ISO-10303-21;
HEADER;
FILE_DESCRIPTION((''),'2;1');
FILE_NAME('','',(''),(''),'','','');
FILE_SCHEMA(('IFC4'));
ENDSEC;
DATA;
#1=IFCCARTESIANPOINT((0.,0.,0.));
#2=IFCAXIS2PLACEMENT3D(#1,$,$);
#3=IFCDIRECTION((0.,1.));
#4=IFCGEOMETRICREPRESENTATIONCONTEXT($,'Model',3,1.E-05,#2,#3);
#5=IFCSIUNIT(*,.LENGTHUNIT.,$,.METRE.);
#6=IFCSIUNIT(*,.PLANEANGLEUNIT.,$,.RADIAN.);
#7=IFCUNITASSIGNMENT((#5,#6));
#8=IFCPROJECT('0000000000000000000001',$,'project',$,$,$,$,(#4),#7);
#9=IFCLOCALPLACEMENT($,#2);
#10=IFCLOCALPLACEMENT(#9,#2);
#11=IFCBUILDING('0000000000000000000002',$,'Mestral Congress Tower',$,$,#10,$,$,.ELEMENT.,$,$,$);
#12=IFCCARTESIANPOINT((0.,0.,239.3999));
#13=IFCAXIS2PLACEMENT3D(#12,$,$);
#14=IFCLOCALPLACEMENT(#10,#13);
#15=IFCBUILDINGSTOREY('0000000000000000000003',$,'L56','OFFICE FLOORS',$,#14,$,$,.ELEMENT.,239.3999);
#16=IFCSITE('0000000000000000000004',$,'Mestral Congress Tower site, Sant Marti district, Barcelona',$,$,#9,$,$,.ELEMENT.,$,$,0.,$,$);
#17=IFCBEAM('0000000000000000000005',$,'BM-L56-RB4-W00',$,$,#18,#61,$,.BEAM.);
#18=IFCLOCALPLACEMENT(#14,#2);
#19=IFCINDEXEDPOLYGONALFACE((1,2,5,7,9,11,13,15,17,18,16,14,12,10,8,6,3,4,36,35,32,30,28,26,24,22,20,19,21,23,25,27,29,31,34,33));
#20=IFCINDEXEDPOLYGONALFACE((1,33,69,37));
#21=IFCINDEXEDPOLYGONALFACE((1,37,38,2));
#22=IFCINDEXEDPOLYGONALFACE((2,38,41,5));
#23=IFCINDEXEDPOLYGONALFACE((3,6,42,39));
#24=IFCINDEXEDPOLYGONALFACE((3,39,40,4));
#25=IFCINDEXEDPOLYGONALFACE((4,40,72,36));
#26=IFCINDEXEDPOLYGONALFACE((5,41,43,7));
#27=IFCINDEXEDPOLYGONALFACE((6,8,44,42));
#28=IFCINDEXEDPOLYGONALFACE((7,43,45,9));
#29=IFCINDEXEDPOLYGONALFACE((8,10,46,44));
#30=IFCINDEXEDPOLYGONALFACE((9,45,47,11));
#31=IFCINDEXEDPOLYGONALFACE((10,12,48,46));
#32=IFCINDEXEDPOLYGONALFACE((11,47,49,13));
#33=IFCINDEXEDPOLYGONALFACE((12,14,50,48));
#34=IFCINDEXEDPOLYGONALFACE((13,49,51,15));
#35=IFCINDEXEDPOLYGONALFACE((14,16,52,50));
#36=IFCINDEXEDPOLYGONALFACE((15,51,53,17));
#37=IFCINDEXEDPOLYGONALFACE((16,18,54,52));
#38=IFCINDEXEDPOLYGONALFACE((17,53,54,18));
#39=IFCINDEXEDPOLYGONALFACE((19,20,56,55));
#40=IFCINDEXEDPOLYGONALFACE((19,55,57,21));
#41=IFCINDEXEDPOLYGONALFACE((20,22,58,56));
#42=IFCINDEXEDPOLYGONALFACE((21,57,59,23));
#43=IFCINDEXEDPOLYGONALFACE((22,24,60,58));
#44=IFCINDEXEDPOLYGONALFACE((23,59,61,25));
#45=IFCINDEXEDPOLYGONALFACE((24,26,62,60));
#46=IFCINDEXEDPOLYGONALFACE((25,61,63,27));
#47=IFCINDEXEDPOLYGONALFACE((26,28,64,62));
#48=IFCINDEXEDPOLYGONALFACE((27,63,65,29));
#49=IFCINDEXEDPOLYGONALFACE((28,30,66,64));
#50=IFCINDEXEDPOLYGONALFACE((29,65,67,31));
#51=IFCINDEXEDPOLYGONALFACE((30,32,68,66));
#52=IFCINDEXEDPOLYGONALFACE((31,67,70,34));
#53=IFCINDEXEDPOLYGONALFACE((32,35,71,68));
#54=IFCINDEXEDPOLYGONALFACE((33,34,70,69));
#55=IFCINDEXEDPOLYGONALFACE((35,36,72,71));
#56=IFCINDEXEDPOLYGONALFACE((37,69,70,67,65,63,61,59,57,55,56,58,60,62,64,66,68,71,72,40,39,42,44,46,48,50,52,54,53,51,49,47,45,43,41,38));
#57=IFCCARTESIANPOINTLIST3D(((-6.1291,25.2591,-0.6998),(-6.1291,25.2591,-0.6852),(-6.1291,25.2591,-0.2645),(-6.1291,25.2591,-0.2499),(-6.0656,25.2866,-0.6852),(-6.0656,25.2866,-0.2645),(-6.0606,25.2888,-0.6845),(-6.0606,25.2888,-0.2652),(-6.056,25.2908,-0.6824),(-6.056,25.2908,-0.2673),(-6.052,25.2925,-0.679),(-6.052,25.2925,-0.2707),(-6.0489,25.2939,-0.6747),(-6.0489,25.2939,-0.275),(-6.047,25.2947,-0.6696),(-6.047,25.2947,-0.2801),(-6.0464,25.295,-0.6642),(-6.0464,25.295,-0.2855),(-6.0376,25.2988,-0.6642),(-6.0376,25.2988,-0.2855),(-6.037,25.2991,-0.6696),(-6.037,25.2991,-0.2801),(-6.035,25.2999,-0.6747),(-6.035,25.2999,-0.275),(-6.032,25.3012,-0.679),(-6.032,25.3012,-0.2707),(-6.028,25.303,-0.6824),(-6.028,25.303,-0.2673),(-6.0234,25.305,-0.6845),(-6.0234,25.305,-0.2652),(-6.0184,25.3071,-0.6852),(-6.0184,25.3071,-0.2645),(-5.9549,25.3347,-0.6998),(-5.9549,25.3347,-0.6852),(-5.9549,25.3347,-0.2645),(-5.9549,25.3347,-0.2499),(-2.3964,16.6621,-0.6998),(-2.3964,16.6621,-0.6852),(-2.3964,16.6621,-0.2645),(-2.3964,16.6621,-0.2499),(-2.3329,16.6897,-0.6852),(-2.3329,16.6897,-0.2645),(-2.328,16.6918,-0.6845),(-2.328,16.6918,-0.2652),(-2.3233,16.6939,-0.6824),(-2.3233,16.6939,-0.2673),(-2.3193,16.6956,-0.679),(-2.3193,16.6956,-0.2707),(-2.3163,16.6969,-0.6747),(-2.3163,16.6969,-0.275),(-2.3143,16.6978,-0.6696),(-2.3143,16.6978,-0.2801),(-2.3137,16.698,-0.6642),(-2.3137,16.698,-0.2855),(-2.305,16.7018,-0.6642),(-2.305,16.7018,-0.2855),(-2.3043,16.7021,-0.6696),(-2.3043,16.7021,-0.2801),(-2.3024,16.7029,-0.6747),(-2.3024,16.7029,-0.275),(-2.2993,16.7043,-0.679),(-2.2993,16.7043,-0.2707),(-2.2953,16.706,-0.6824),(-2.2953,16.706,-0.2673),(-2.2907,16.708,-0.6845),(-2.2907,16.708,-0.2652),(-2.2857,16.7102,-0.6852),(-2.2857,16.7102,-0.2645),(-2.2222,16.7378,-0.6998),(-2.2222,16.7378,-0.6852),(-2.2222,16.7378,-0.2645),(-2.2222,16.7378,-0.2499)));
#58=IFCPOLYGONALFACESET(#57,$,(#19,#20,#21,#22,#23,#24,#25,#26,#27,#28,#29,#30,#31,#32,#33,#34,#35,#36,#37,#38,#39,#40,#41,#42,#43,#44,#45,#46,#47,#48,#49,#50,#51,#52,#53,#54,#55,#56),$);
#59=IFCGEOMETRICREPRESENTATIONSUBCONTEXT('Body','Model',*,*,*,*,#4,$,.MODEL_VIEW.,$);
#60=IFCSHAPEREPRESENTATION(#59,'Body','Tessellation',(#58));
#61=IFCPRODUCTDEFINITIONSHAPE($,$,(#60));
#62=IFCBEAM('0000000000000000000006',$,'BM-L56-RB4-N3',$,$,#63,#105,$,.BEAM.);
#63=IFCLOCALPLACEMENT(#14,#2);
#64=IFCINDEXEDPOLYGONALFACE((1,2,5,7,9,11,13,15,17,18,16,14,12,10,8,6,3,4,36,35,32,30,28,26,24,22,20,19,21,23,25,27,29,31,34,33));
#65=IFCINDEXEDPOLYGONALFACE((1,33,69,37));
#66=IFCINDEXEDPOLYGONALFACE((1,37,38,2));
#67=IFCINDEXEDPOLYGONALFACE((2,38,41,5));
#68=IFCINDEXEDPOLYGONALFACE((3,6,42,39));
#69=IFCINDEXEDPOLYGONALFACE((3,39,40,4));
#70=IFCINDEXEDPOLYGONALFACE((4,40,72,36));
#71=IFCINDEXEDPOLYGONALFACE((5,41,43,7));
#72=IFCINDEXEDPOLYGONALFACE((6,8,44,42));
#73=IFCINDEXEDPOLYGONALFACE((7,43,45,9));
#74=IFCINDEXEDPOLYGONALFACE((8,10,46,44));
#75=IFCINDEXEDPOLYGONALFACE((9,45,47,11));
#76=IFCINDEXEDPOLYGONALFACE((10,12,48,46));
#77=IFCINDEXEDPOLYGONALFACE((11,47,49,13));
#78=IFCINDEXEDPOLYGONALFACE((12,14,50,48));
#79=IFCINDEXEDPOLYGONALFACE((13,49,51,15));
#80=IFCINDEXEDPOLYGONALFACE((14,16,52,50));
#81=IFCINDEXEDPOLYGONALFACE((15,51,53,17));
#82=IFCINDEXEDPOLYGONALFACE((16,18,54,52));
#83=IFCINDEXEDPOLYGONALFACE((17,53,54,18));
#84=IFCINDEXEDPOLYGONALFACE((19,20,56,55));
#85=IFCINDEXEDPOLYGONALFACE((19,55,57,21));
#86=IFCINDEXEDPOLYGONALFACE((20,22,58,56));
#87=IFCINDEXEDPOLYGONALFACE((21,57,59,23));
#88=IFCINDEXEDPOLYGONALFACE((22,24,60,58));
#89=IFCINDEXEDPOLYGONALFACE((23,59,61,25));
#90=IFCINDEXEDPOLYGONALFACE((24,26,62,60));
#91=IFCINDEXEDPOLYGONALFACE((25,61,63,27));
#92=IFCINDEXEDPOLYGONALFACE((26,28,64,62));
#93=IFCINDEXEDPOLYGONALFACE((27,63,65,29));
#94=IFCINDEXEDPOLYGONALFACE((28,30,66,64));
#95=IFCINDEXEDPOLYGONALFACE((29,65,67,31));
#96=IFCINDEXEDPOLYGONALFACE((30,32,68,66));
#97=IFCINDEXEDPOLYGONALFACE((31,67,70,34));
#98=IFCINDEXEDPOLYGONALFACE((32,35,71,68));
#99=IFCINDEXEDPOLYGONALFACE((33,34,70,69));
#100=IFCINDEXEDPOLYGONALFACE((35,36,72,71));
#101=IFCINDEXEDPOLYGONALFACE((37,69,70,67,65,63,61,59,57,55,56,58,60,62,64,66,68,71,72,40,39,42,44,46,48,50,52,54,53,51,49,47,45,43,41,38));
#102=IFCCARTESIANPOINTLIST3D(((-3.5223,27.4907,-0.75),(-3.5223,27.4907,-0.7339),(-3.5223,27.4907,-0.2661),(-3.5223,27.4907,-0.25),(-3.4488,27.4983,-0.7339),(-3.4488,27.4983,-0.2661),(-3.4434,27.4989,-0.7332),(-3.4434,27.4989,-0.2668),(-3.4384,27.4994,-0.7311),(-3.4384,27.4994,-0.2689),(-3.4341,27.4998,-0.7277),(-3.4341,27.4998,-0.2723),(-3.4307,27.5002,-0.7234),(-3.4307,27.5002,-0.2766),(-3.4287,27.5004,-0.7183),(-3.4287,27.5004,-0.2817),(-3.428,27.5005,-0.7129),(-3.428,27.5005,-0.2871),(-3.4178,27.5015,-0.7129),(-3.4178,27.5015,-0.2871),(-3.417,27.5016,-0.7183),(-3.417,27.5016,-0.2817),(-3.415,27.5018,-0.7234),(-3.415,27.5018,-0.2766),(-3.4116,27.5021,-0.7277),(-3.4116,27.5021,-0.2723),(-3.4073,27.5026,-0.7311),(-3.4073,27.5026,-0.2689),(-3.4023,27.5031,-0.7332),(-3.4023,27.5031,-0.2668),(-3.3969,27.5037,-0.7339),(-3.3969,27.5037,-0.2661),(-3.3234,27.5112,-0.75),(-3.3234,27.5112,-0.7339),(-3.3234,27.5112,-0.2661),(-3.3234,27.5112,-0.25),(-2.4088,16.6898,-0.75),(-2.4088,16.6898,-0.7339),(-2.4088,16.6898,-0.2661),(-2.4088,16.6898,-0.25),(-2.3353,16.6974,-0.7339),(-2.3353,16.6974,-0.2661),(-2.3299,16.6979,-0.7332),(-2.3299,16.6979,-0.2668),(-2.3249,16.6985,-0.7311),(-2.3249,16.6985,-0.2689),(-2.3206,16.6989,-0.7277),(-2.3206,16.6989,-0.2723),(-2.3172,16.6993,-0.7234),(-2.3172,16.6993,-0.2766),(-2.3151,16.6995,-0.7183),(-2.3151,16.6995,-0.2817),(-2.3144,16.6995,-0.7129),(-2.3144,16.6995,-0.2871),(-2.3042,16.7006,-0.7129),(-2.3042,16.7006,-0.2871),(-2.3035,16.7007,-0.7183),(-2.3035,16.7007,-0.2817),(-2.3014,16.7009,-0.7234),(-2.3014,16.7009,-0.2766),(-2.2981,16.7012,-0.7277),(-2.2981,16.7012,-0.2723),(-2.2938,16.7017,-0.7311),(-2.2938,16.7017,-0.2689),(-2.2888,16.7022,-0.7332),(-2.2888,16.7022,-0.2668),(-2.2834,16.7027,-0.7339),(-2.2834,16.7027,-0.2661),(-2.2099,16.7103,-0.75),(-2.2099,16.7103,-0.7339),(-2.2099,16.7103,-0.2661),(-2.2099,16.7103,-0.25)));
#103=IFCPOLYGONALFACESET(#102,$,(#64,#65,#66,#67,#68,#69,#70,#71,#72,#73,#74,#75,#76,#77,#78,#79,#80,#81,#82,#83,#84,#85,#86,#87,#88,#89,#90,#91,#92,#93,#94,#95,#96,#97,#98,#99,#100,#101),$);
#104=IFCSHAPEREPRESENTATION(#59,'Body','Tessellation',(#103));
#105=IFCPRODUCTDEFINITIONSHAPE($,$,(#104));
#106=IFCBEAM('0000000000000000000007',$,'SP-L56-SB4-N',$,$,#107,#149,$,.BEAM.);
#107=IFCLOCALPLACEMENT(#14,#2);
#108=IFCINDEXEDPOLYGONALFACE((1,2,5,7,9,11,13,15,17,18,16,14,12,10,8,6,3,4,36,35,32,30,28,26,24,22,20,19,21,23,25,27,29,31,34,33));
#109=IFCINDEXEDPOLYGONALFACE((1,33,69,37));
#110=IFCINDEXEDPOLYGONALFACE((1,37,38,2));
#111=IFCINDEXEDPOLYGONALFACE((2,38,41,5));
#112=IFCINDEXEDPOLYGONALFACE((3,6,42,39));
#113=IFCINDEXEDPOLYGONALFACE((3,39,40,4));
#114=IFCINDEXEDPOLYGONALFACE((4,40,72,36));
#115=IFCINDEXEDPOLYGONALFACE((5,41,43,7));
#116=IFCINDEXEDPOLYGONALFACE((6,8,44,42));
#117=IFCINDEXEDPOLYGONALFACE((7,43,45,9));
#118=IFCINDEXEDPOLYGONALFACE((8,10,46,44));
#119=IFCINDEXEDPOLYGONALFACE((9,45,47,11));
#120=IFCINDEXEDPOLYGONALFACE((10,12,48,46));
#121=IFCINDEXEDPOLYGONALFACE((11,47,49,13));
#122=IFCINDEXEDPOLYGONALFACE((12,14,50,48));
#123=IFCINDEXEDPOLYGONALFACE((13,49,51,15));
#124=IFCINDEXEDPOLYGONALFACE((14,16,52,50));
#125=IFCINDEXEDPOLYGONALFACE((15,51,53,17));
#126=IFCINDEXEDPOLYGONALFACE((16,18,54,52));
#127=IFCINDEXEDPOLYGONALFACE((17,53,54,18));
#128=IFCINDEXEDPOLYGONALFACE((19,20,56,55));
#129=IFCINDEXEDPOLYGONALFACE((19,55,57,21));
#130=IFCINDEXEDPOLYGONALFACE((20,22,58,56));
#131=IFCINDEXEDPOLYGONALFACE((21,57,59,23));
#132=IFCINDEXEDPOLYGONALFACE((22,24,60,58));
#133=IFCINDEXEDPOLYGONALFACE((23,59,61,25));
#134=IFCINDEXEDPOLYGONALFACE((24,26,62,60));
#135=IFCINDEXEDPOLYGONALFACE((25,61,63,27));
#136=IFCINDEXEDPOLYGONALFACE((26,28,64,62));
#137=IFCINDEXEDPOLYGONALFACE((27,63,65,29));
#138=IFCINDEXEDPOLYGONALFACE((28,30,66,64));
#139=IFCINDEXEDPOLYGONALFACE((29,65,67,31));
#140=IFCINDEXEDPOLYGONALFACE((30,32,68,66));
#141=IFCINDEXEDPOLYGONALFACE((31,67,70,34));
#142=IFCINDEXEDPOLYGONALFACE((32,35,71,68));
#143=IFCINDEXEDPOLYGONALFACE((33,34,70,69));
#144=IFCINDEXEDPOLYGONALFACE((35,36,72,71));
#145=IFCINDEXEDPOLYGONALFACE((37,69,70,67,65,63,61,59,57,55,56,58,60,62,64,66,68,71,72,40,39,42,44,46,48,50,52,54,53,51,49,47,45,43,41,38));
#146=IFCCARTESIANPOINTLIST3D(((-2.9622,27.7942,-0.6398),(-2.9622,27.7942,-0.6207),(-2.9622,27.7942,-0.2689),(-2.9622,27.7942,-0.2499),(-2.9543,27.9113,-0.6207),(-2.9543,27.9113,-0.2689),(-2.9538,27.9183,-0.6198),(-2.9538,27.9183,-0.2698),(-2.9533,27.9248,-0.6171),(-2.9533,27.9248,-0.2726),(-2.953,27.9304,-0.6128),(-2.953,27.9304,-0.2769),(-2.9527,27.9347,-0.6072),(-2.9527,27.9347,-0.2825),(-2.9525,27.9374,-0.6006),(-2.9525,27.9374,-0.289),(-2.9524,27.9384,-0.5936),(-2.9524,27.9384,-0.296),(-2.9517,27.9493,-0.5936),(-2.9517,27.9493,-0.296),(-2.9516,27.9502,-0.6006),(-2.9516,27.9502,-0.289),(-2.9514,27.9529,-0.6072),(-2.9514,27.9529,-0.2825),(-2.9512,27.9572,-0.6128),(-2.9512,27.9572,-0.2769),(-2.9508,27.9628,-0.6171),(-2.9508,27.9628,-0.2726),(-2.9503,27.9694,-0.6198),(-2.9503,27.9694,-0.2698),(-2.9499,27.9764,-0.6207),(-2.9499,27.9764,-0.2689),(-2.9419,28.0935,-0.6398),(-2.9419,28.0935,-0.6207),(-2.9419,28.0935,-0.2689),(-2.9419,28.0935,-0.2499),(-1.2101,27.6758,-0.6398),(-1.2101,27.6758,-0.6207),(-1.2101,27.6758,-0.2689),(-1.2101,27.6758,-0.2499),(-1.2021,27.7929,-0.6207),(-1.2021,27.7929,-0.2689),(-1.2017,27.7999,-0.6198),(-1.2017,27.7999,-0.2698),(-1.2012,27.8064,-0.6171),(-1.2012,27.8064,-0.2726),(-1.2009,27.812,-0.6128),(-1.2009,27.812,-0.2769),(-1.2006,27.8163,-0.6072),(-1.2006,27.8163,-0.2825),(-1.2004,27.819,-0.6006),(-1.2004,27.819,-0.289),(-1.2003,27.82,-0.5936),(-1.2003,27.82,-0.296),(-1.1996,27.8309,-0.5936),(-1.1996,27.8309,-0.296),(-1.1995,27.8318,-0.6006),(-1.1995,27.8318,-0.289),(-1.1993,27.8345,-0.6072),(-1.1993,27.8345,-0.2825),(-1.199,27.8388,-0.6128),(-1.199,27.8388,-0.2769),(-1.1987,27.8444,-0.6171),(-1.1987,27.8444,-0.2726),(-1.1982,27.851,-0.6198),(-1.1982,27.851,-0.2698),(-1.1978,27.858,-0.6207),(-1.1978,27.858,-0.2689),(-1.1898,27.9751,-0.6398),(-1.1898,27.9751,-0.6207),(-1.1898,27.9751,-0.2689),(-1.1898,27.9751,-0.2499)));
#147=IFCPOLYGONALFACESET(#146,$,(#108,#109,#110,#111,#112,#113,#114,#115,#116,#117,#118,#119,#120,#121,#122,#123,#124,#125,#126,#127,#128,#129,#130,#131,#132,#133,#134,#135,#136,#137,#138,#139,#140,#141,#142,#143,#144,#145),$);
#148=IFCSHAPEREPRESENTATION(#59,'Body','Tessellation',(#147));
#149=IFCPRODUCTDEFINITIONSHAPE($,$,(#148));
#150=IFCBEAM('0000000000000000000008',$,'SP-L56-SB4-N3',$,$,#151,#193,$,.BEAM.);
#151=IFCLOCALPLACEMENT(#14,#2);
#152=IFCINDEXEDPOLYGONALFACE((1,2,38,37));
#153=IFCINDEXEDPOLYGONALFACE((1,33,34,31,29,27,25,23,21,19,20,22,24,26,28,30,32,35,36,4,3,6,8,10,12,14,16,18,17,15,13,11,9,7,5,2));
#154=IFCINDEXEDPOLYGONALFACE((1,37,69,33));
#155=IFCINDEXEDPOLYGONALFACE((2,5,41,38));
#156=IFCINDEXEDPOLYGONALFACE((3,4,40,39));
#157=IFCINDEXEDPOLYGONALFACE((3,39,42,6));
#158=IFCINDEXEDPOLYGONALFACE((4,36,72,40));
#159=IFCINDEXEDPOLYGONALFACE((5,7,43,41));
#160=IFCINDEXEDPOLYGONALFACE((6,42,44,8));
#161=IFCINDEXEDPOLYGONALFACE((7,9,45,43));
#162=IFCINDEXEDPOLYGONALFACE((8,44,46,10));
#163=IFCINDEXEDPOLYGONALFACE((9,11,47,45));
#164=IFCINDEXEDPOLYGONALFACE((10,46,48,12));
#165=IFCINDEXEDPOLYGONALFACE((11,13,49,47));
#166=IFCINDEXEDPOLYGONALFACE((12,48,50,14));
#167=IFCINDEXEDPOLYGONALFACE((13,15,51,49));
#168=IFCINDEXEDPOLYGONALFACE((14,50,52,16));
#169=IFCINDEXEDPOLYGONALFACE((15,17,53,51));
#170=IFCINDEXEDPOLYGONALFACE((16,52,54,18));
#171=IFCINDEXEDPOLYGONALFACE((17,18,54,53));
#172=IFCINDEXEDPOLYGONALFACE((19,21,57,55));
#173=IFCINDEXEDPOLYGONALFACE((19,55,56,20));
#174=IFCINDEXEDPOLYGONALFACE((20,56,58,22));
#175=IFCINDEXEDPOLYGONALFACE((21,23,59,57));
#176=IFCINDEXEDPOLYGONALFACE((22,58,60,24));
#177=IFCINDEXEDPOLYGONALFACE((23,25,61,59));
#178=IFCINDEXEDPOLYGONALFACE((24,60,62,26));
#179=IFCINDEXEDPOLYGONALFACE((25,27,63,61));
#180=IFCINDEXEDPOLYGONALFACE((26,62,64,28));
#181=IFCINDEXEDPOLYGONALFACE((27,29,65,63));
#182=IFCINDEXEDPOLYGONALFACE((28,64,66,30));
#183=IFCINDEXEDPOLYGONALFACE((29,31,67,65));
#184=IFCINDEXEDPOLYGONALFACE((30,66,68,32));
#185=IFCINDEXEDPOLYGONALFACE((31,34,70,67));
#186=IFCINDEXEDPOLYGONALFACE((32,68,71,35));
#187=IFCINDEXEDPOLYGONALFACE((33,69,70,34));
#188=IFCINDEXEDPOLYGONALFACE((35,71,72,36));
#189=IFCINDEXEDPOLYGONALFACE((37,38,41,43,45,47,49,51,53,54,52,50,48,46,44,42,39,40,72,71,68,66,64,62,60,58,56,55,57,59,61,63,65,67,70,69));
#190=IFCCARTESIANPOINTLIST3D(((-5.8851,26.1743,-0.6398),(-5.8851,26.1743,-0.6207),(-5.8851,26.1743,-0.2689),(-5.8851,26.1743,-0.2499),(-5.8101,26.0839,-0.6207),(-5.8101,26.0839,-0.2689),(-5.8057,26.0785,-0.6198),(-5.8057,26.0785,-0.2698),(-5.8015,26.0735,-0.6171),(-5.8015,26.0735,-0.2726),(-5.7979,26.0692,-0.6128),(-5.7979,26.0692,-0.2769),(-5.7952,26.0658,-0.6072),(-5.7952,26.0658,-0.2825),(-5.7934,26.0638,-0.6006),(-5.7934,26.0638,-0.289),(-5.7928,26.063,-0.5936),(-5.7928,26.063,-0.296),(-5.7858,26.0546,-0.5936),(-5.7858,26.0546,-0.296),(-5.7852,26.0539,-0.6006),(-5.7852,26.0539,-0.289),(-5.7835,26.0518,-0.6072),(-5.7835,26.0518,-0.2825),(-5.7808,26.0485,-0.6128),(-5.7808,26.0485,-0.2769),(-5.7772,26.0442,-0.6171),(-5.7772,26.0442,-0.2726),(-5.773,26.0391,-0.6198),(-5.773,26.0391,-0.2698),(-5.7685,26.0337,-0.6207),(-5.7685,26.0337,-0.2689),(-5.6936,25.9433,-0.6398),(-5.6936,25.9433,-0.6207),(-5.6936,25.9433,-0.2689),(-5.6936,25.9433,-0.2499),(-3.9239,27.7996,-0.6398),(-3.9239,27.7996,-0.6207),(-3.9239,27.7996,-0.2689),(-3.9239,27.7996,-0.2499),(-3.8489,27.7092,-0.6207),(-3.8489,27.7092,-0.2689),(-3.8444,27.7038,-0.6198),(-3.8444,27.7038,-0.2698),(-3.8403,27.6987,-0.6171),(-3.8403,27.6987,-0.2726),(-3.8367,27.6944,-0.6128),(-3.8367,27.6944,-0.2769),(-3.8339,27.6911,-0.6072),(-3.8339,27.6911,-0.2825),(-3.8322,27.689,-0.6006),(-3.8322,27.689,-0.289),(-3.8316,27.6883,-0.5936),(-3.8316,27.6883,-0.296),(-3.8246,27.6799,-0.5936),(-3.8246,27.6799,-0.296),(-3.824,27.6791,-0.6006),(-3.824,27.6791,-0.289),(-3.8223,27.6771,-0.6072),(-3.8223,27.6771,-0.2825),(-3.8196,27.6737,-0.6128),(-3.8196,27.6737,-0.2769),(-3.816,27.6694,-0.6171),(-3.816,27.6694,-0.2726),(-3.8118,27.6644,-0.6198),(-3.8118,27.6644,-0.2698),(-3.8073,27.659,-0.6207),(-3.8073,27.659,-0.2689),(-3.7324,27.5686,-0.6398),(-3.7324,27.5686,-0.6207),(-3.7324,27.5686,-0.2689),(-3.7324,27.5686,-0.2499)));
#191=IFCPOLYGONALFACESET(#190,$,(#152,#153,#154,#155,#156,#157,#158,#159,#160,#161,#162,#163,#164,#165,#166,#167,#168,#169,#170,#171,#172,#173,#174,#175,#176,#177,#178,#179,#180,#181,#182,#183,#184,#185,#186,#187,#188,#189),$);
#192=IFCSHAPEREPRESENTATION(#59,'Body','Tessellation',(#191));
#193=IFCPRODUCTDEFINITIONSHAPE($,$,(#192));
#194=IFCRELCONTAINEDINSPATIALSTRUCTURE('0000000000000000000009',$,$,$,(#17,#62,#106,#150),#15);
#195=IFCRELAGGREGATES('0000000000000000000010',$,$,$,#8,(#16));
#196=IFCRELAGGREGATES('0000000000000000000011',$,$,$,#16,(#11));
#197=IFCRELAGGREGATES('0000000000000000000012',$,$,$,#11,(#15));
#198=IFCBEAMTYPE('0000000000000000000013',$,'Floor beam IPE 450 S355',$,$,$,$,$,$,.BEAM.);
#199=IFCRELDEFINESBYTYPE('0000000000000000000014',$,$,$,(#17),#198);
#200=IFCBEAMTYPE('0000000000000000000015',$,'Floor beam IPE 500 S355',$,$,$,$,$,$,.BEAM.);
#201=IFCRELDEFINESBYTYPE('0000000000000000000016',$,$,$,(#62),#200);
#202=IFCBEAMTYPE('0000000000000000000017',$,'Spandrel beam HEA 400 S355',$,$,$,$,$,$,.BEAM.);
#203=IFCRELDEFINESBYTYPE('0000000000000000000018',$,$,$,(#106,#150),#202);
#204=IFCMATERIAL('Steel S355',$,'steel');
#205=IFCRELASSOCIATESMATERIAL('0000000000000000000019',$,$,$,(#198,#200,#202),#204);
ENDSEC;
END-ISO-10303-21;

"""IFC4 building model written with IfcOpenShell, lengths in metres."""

from ifc_helpers import new_model, si_unit, direction, frame, origin, origin_2d, place, context, subcontext, project, spatial, i_section, extrude, material, material_profile, profile_set, type_object, element, save


model = new_model("IFC4")

# Units and contexts
model_context = context("Model", 3, precision=1e-05, world=origin(), true_north=direction((0.0, 1.0)))
body_context = subcontext(model_context, "Body", "Model", "MODEL_VIEW")
ifc_project = project(units=[si_unit("LENGTHUNIT", "METRE"), si_unit("PLANEANGLEUNIT", "RADIAN")], contexts=[model_context])

# Site, building, storey
site_placement = place(None, origin())
site = spatial("IfcSite", under=ifc_project, at=site_placement, Name="Mestral Congress Tower site, Sant Marti district, Barcelona", CompositionType="ELEMENT", RefElevation=0.0)
building_placement = place(site_placement, origin())
building = spatial("IfcBuilding", under=site, at=building_placement, Name="Mestral Congress Tower", CompositionType="ELEMENT")
storey_placement = place(building_placement, frame((0.0, 0.0, 239.3999)))
storey = spatial("IfcBuildingStorey", under=building, at=storey_placement, Name="L56", Description="OFFICE FLOORS", CompositionType="ELEMENT", Elevation=239.3999)

# Beams
ifc_material_1 = material(Name="Steel S355", Category="steel")
ifc_material_profile_1 = material_profile(ifc_material_1, i_section(OverallWidth=0.1899, OverallDepth=0.45, WebThickness=0.0095, FlangeThickness=0.0146, FilletRadius=0.021, at=origin_2d()), Name="IPE 450")
ifc_profile_set_1 = profile_set([ifc_material_profile_1], Name="Steel S355")
beam_type_1 = type_object("IfcBeamType", Name="Floor beam IPE 450 S355", PredefinedType="BEAM", material=ifc_profile_set_1)
beam_1_placement = place(storey_placement, frame((-6.042, 25.2969, -0.4749), z_axis=(0.398266, -0.91727, 0.0), x_axis=(0.91727, 0.398266, 0.0)))
element("IfcBeam", 1, at=beam_1_placement, inside=storey, type_object=beam_type_1, Name="BM-L56-RB4-W00", PredefinedType="BEAM", context=body_context, shape_type="SweptSolid", body=[
    extrude(i_section(OverallWidth=0.1899, OverallDepth=0.45, WebThickness=0.0095, FlangeThickness=0.0146, FilletRadius=0.021, at=origin_2d()), origin(), (0.0, 0.0, 1.0), 9.3723),
])
ifc_material_profile_2 = material_profile(ifc_material_1, i_section(OverallWidth=0.2, OverallDepth=0.5, WebThickness=0.0103, FlangeThickness=0.0161, FilletRadius=0.021, at=origin_2d()), Name="IPE 500")
ifc_profile_set_2 = profile_set([ifc_material_profile_2], Name="Steel S355")
beam_type_2 = type_object("IfcBeamType", Name="Floor beam IPE 500 S355", PredefinedType="BEAM", material=ifc_profile_set_2)
beam_2_placement = place(storey_placement, frame((-3.4229, 27.501, -0.5), z_axis=(0.102551, -0.994728, 0.0), x_axis=(0.994728, 0.102551, 0.0)))
element("IfcBeam", 2, at=beam_2_placement, inside=storey, type_object=beam_type_2, Name="BM-L56-RB4-N3", PredefinedType="BEAM", context=body_context, shape_type="SweptSolid", body=[
    extrude(i_section(OverallWidth=0.2, OverallDepth=0.5, WebThickness=0.0103, FlangeThickness=0.0161, FilletRadius=0.021, at=origin_2d()), origin(), (0.0, 0.0, 1.0), 10.8582),
])
ifc_material_profile_3 = material_profile(ifc_material_1, i_section(OverallWidth=0.3, OverallDepth=0.3899, WebThickness=0.011, FlangeThickness=0.019, FilletRadius=0.0271, at=origin_2d()), Name="HEA 400")
ifc_profile_set_3 = profile_set([ifc_material_profile_3], Name="Steel S355")
beam_type_3 = type_object("IfcBeamType", Name="Spandrel beam HEA 400 S355", PredefinedType="BEAM", material=ifc_profile_set_3)
beam_3_placement = place(storey_placement, frame((-1.2, 27.8254, -0.4448), z_axis=(-0.997724, 0.067423, 0.0), x_axis=(-0.067423, -0.997724, 0.0)))
element("IfcBeam", 3, at=beam_3_placement, inside=storey, type_object=beam_type_3, Name="SP-L56-SB4-N", PredefinedType="BEAM", context=body_context, shape_type="SweptSolid", body=[
    extrude(i_section(OverallWidth=0.3, OverallDepth=0.3899, WebThickness=0.011, FlangeThickness=0.019, FilletRadius=0.0271, at=origin_2d()), origin(), (0.0, 0.0, 1.0), 1.7561),
])
beam_4_placement = place(storey_placement, frame((-3.8281, 27.6841, -0.4448), z_axis=(-0.76997, -0.63808, 0.0), x_axis=(0.63808, -0.76997, 0.0)))
element("IfcBeam", 4, at=beam_4_placement, inside=storey, type_object=beam_type_3, Name="SP-L56-SB4-N3", PredefinedType="BEAM", context=body_context, shape_type="SweptSolid", body=[
    extrude(i_section(OverallWidth=0.3, OverallDepth=0.3899, WebThickness=0.011, FlangeThickness=0.019, FilletRadius=0.0271, at=origin_2d()), origin(), (0.0, 0.0, 1.0), 2.5471),
])

save(model, "model.ifc")
